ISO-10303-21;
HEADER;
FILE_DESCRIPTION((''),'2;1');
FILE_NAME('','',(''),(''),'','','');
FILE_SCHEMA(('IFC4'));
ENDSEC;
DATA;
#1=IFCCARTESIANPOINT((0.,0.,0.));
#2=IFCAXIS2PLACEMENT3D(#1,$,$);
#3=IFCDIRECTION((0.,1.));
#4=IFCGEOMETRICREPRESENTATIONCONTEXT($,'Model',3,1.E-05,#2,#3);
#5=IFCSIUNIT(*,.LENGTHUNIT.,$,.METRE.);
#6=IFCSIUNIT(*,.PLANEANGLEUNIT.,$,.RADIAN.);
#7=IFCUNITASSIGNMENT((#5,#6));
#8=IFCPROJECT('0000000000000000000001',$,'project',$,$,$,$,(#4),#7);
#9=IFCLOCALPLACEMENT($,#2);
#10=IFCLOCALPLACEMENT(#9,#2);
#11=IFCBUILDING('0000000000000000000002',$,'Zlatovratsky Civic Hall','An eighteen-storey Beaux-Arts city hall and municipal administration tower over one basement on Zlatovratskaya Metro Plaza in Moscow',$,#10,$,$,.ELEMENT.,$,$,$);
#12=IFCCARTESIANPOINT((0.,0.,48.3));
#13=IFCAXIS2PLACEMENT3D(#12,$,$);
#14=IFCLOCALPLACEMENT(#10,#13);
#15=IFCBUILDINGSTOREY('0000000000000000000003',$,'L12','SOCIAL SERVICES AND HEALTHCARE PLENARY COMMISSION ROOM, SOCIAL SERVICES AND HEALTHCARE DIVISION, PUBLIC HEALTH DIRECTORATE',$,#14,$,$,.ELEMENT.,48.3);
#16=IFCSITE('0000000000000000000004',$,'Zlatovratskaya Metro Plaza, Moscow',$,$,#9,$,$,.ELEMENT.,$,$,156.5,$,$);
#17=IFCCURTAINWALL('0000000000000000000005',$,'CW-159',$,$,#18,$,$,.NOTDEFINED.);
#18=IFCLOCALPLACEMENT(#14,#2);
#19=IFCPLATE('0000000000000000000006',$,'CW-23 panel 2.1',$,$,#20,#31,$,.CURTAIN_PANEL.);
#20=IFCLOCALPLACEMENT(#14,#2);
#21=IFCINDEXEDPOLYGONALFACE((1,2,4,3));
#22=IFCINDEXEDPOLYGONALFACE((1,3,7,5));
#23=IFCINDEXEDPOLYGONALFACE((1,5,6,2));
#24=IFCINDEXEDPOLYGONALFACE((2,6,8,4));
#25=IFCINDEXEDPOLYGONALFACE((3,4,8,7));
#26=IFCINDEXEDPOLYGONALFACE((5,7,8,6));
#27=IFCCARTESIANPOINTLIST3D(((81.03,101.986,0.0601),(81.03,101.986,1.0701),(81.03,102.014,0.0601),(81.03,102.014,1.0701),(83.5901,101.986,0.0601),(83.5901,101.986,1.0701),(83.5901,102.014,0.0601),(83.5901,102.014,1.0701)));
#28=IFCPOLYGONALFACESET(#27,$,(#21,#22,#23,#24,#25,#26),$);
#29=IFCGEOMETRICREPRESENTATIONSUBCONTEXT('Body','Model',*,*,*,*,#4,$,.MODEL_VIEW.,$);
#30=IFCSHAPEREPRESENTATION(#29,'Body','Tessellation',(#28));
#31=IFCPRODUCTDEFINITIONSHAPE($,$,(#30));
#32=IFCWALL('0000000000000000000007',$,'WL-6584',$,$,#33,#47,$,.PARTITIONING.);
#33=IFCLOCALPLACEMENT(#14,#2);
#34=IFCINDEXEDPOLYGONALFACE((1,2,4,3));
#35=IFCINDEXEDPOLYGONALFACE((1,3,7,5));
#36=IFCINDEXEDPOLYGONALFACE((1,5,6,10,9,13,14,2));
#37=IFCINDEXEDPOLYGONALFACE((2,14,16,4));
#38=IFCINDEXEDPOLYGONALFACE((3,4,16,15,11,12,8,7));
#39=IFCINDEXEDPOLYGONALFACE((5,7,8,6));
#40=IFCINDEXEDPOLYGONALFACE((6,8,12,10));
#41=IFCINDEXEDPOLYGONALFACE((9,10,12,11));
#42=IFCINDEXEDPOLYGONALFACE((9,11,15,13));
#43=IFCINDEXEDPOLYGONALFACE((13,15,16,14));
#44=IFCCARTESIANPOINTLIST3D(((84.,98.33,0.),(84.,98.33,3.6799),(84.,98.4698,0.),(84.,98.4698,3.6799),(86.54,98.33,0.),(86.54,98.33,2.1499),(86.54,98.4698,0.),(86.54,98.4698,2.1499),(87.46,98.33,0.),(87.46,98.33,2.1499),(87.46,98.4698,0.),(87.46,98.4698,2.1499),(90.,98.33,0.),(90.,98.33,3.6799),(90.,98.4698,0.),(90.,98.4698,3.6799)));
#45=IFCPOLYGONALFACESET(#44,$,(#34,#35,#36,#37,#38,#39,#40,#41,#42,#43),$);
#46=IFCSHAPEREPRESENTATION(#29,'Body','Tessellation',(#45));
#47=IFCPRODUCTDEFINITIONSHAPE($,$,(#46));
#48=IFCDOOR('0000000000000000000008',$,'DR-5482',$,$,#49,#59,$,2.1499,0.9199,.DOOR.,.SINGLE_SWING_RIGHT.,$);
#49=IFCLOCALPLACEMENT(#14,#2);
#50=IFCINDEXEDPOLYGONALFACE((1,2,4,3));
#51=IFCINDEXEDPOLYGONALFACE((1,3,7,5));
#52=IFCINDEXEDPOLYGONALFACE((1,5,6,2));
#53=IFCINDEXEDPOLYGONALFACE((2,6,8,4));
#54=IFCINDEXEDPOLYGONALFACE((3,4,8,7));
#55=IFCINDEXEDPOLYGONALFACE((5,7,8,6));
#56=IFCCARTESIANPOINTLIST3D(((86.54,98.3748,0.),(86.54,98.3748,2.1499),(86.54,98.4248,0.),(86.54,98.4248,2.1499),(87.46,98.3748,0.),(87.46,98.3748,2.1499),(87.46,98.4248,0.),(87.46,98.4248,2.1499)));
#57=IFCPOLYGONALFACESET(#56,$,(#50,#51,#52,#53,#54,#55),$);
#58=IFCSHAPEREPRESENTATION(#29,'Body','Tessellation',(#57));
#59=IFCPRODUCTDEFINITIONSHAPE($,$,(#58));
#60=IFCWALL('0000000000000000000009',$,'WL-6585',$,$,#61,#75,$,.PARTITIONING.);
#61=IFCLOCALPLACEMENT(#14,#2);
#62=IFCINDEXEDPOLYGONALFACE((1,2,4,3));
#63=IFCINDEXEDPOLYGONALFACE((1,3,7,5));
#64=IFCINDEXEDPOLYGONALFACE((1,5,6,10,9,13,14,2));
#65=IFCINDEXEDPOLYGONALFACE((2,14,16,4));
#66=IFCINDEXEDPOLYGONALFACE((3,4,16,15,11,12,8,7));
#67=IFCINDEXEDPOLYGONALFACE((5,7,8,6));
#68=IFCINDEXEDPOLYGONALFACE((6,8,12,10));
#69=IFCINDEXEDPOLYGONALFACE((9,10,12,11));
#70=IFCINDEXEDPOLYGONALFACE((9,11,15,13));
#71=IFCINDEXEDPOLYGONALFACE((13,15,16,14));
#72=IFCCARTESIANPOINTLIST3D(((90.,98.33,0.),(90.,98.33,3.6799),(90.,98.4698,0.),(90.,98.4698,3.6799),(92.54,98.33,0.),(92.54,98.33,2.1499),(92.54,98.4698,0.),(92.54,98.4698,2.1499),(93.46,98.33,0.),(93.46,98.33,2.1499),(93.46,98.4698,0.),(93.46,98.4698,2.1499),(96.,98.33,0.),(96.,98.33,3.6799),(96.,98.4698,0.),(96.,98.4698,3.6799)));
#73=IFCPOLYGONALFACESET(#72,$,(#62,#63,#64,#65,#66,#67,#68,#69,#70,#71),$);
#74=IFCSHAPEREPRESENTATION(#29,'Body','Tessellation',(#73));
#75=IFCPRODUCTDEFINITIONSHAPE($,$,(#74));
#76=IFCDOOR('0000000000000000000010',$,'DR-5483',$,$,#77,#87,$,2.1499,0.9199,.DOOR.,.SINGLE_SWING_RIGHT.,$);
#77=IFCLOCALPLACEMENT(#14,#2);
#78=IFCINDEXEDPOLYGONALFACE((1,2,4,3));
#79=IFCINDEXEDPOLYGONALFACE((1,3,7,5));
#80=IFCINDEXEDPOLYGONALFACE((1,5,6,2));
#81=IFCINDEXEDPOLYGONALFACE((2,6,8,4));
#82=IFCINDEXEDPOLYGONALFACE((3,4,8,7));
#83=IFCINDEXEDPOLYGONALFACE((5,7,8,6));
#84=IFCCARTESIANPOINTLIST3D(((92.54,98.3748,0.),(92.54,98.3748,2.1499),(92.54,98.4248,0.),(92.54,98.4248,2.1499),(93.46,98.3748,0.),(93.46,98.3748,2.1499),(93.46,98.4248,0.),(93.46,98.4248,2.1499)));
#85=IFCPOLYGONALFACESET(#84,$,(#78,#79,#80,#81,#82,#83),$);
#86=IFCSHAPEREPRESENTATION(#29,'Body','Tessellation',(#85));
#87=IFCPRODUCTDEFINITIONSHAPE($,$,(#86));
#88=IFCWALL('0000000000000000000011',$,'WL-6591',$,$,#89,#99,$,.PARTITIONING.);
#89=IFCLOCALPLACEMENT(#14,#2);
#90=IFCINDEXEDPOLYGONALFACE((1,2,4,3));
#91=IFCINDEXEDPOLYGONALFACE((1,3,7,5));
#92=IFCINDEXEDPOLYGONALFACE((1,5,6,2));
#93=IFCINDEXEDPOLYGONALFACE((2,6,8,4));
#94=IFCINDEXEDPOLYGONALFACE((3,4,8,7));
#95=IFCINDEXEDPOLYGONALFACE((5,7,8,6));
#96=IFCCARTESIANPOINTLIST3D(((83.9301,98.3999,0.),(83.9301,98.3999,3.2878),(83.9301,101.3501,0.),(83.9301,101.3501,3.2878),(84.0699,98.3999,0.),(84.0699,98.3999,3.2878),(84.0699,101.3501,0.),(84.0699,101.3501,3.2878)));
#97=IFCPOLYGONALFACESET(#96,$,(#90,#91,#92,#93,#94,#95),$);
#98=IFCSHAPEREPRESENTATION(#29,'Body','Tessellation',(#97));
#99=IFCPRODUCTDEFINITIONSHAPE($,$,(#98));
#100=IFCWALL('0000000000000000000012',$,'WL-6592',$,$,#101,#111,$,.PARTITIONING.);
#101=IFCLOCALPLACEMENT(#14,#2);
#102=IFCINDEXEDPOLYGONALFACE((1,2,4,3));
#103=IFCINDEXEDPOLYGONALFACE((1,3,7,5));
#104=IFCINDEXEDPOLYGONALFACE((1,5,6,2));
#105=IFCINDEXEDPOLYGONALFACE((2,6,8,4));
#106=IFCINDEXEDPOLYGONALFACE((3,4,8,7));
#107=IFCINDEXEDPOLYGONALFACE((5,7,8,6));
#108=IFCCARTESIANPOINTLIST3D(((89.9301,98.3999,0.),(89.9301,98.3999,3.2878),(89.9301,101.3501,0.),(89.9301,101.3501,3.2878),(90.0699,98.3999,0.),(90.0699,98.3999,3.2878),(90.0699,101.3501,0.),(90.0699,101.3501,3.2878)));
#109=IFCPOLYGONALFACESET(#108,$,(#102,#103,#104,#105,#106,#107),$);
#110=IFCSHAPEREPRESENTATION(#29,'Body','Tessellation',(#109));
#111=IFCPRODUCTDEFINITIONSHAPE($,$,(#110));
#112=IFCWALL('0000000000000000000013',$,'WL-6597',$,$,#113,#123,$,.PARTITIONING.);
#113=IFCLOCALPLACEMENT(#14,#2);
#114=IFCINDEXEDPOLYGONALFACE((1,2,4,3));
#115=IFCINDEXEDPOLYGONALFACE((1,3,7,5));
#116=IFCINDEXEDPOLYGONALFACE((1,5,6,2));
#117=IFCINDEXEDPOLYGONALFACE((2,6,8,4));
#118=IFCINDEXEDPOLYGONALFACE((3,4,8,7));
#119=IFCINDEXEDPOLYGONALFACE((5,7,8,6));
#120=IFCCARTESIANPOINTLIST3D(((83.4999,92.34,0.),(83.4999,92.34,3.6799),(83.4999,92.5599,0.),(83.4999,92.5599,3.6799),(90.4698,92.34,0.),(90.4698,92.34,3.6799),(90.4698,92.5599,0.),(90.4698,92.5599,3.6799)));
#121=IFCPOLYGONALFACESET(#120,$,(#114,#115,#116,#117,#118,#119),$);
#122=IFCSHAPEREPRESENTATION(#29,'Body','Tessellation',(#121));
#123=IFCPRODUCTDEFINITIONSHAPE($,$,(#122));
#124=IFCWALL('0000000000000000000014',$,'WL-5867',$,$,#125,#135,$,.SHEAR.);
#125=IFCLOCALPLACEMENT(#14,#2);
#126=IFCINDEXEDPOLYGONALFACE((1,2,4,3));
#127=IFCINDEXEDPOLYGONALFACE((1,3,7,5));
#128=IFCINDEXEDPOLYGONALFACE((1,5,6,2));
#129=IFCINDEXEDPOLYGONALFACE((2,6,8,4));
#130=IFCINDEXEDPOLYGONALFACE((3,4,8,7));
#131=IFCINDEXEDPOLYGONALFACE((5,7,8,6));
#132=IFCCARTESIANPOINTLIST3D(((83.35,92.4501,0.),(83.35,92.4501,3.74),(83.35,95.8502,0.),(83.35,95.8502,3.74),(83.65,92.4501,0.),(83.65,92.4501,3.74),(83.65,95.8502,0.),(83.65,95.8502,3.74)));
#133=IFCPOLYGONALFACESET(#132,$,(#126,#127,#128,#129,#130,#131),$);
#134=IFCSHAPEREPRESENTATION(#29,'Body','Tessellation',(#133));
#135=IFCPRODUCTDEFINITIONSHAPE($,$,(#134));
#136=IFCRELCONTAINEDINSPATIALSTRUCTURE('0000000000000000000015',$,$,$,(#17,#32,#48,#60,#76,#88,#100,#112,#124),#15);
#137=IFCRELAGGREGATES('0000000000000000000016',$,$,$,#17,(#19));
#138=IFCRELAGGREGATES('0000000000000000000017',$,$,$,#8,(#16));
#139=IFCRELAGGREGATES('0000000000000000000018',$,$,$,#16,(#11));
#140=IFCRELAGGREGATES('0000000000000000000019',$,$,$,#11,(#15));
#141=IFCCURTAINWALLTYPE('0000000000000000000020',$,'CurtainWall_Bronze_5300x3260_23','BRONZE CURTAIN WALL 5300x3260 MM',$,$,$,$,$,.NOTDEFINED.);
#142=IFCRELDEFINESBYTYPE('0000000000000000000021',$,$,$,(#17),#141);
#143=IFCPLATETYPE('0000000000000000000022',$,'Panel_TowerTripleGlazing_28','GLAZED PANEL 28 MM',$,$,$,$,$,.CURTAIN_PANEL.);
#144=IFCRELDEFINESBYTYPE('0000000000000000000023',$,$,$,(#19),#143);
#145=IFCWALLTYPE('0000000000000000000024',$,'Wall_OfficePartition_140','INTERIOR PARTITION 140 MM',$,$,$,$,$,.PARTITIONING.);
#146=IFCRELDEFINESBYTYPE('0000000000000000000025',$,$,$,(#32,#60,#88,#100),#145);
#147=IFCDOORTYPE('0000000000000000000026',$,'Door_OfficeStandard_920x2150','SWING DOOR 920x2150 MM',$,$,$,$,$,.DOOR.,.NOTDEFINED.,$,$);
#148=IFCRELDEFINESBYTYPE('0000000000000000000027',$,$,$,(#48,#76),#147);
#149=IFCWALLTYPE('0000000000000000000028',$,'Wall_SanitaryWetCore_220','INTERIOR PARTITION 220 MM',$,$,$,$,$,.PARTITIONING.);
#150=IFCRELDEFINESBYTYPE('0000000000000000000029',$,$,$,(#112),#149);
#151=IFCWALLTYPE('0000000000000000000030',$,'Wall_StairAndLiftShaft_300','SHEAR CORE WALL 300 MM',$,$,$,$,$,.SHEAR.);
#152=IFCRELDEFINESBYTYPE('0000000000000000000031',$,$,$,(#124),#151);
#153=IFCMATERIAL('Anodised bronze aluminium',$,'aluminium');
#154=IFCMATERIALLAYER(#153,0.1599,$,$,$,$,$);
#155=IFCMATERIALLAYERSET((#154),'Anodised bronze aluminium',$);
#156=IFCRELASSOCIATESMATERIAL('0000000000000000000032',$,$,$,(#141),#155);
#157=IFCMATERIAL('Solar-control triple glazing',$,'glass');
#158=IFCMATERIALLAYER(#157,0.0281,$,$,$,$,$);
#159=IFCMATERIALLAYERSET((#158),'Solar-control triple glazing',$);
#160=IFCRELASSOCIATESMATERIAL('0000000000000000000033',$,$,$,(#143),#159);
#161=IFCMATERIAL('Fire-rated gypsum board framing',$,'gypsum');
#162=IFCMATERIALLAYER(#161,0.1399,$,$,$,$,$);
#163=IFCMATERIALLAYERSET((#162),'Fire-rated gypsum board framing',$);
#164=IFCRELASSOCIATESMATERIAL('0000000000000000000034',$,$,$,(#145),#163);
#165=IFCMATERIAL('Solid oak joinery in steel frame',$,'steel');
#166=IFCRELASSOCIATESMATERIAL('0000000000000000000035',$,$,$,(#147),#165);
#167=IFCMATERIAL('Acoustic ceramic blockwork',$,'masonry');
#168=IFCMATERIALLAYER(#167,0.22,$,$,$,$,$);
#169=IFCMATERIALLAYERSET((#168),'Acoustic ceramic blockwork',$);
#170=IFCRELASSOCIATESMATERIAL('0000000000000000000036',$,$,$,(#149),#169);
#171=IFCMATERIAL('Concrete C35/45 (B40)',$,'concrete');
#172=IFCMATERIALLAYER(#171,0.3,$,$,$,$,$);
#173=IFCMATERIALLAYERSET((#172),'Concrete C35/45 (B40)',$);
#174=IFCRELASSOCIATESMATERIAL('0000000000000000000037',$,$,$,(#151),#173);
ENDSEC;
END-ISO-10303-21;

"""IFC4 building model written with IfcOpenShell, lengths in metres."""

from ifc_helpers import new_model, si_unit, direction, frame, frame_2d, origin, origin_2d, place, context, subcontext, project, spatial, rectangle, extrude, material, layer, layer_set, type_object, element, fill, aggregate, save


model = new_model("IFC4")

# Units and contexts
model_context = context("Model", 3, precision=1e-05, world=origin(), true_north=direction((0.0, 1.0)))
body_context = subcontext(model_context, "Body", "Model", "MODEL_VIEW")
ifc_project = project(units=[si_unit("LENGTHUNIT", "METRE"), si_unit("PLANEANGLEUNIT", "RADIAN")], contexts=[model_context])

# Site, building, storey
site_placement = place(None, origin())
site = spatial("IfcSite", under=ifc_project, at=site_placement, Name="Zlatovratskaya Metro Plaza, Moscow", CompositionType="ELEMENT", RefElevation=156.5)
building_placement = place(site_placement, origin())
building = spatial("IfcBuilding", under=site, at=building_placement, Name="Zlatovratsky Civic Hall", Description="An eighteen-storey Beaux-Arts city hall and municipal administration tower over one basement on Zlatovratskaya Metro Plaza in Moscow", CompositionType="ELEMENT")
storey_placement = place(building_placement, frame((0.0, 0.0, 48.3)))
storey = spatial("IfcBuildingStorey", under=building, at=storey_placement, Name="L12", Description="SOCIAL SERVICES AND HEALTHCARE PLENARY COMMISSION ROOM, SOCIAL SERVICES AND HEALTHCARE DIVISION, PUBLIC HEALTH DIRECTORATE", CompositionType="ELEMENT", Elevation=48.3)

# Shared definitions
ifc_material_1 = material(Name="Concrete C35/45 (B40)", Category="concrete")

# Curtain wall, plate
ifc_material_2 = material(Name="Anodised bronze aluminium", Category="aluminium")
ifc_layer_1 = layer(ifc_material_2, 0.1599)
ifc_layer_set_1 = layer_set([ifc_layer_1], Name="Anodised bronze aluminium")
curtain_wall_type = type_object("IfcCurtainWallType", Name="CurtainWall_Bronze_5300x3260_23", Description="BRONZE CURTAIN WALL 5300x3260 MM", PredefinedType="NOTDEFINED", material=ifc_layer_set_1)
curtain_wall_placement = place(storey_placement, origin())
curtain_wall = element("IfcCurtainWall", 1, at=curtain_wall_placement, inside=storey, type_object=curtain_wall_type, Name="CW-159", PredefinedType="NOTDEFINED")
ifc_material_3 = material(Name="Solar-control triple glazing", Category="glass")
ifc_layer_2 = layer(ifc_material_3, 0.0281)
ifc_layer_set_2 = layer_set([ifc_layer_2], Name="Solar-control triple glazing")
plate_type = type_object("IfcPlateType", Name="Panel_TowerTripleGlazing_28", Description="GLAZED PANEL 28 MM", PredefinedType="CURTAIN_PANEL", material=ifc_layer_set_2)
plate_placement = place(storey_placement, frame((82.3101, 102.0, 0.0601), z_axis=(0.0, 0.0, 1.0), x_axis=(1.0, 0.0, 0.0)))
plate = element("IfcPlate", 2, at=plate_placement, type_object=plate_type, Name="CW-23 panel 2.1", PredefinedType="CURTAIN_PANEL", context=body_context, shape_type="SweptSolid", body=[
    extrude(rectangle(XDim=2.5601, YDim=0.0281, at=origin_2d()), origin(), (0.0, 0.0, 1.0), 1.01),
])
aggregate(curtain_wall, [plate])

# Walls, openings, doors
ifc_material_4 = material(Name="Fire-rated gypsum board framing", Category="gypsum")
ifc_layer_3 = layer(ifc_material_4, 0.1399)
ifc_layer_set_3 = layer_set([ifc_layer_3], Name="Fire-rated gypsum board framing")
wall_type_1 = type_object("IfcWallType", Name="Wall_OfficePartition_140", Description="INTERIOR PARTITION 140 MM", PredefinedType="PARTITIONING", material=ifc_layer_set_3)
wall_1_placement = place(storey_placement, frame((84.0, 98.3999, 0.0), z_axis=(0.0, 0.0, 1.0), x_axis=(1.0, 0.0, 0.0)))
wall_1 = element("IfcWall", 3, at=wall_1_placement, inside=storey, type_object=wall_type_1, Name="WL-6584", PredefinedType="PARTITIONING", context=body_context, shape_type="SweptSolid", body=[
    extrude(rectangle(XDim=6.0, YDim=0.1399, at=frame_2d((3.0, 0.0))), origin(), (0.0, 0.0, 1.0), 3.6799),
])
opening_1_placement = place(wall_1_placement, frame((2.54, 0.0, 0.0)))
opening_1 = element("IfcOpeningElement", 4, at=opening_1_placement, cuts=wall_1, PredefinedType="OPENING", context=body_context, shape_type="SweptSolid", body=[
    extrude(rectangle(XDim=0.9199, YDim=2.1499, at=frame_2d((0.46, 1.075))), frame((0.0, 0.085, 0.0), z_axis=(0.0, -1.0, 0.0), x_axis=(1.0, 0.0, 0.0)), (0.0, 0.0, 1.0), 0.1697),
])
ifc_material_5 = material(Name="Solid oak joinery in steel frame", Category="steel")
door_type = type_object("IfcDoorType", Name="Door_OfficeStandard_920x2150", Description="SWING DOOR 920x2150 MM", OperationType="NOTDEFINED", PredefinedType="DOOR", material=ifc_material_5)
door_1_placement = place(opening_1_placement, origin())
door_1 = element("IfcDoor", 5, at=door_1_placement, inside=storey, type_object=door_type, Name="DR-5482", OperationType="SINGLE_SWING_RIGHT", OverallHeight=2.1499, OverallWidth=0.9199, PredefinedType="DOOR", context=body_context, shape_type="SweptSolid", body=[
    extrude(rectangle(XDim=0.9199, YDim=2.1499, at=frame_2d((0.46, 1.075))), frame((0.0, 0.0249, 0.0), z_axis=(0.0, -1.0, 0.0), x_axis=(1.0, 0.0, 0.0)), (0.0, 0.0, 1.0), 0.05),
])
fill(opening_1, door_1)
wall_2_placement = place(storey_placement, frame((90.0, 98.3999, 0.0), z_axis=(0.0, 0.0, 1.0), x_axis=(1.0, 0.0, 0.0)))
wall_2 = element("IfcWall", 6, at=wall_2_placement, inside=storey, type_object=wall_type_1, Name="WL-6585", PredefinedType="PARTITIONING", context=body_context, shape_type="SweptSolid", body=[
    extrude(rectangle(XDim=6.0, YDim=0.1399, at=frame_2d((3.0, 0.0))), origin(), (0.0, 0.0, 1.0), 3.6799),
])
opening_2_placement = place(wall_2_placement, frame((2.54, 0.0, 0.0)))
opening_2 = element("IfcOpeningElement", 7, at=opening_2_placement, cuts=wall_2, PredefinedType="OPENING", context=body_context, shape_type="SweptSolid", body=[
    extrude(rectangle(XDim=0.9199, YDim=2.1499, at=frame_2d((0.46, 1.075))), frame((0.0, 0.085, 0.0), z_axis=(0.0, -1.0, 0.0), x_axis=(1.0, 0.0, 0.0)), (0.0, 0.0, 1.0), 0.1697),
])
door_2_placement = place(opening_2_placement, origin())
door_2 = element("IfcDoor", 8, at=door_2_placement, inside=storey, type_object=door_type, Name="DR-5483", OperationType="SINGLE_SWING_RIGHT", OverallHeight=2.1499, OverallWidth=0.9199, PredefinedType="DOOR", context=body_context, shape_type="SweptSolid", body=[
    extrude(rectangle(XDim=0.9199, YDim=2.1499, at=frame_2d((0.46, 1.075))), frame((0.0, 0.0249, 0.0), z_axis=(0.0, -1.0, 0.0), x_axis=(1.0, 0.0, 0.0)), (0.0, 0.0, 1.0), 0.05),
])
fill(opening_2, door_2)

# Walls
for number, where, z_axis, x_axis, name in (
    (9, (84.0, 98.3999, 0.0), (0.0, 0.0, 1.0), (0.0, 1.0, 0.0), "WL-6591"),
    (10, (90.0, 98.3999, 0.0), (0.0, 0.0, 1.0), (0.0, 1.0, 0.0), "WL-6592"),
):
    element("IfcWall", number, at=place(storey_placement, frame(where, z_axis=z_axis, x_axis=x_axis)), inside=storey, type_object=wall_type_1, Name=name, PredefinedType="PARTITIONING", context=body_context, shape_type="SweptSolid", body=[
        extrude(rectangle(XDim=2.9502, YDim=0.1399, at=frame_2d((1.4751, 0.0))), origin(), (0.0, 0.0, 1.0), 3.2878),
    ])
ifc_material_6 = material(Name="Acoustic ceramic blockwork", Category="masonry")
ifc_layer_4 = layer(ifc_material_6, 0.22)
ifc_layer_set_4 = layer_set([ifc_layer_4], Name="Acoustic ceramic blockwork")
wall_type_2 = type_object("IfcWallType", Name="Wall_SanitaryWetCore_220", Description="INTERIOR PARTITION 220 MM", PredefinedType="PARTITIONING", material=ifc_layer_set_4)
wall_3_placement = place(storey_placement, frame((83.5, 92.45, 0.0), z_axis=(0.0, 0.0, 1.0), x_axis=(1.0, 0.0, 0.0)))
element("IfcWall", 11, at=wall_3_placement, inside=storey, type_object=wall_type_2, Name="WL-6597", PredefinedType="PARTITIONING", context=body_context, shape_type="SweptSolid", body=[
    extrude(rectangle(XDim=6.97, YDim=0.22, at=frame_2d((3.4849, 0.0))), origin(), (0.0, 0.0, 1.0), 3.6799),
])
ifc_layer_5 = layer(ifc_material_1, 0.3)
ifc_layer_set_5 = layer_set([ifc_layer_5], Name="Concrete C35/45 (B40)")
wall_type_3 = type_object("IfcWallType", Name="Wall_StairAndLiftShaft_300", Description="SHEAR CORE WALL 300 MM", PredefinedType="SHEAR", material=ifc_layer_set_5)
wall_4_placement = place(storey_placement, frame((83.5, 92.45, 0.0), z_axis=(0.0, 0.0, 1.0), x_axis=(0.0, 1.0, 0.0)))
element("IfcWall", 12, at=wall_4_placement, inside=storey, type_object=wall_type_3, Name="WL-5867", PredefinedType="SHEAR", context=body_context, shape_type="SweptSolid", body=[
    extrude(rectangle(XDim=3.4001, YDim=0.3, at=frame_2d((1.7002, 0.0))), origin(), (0.0, 0.0, 1.0), 3.74),
])

save(model, "model.ifc")
